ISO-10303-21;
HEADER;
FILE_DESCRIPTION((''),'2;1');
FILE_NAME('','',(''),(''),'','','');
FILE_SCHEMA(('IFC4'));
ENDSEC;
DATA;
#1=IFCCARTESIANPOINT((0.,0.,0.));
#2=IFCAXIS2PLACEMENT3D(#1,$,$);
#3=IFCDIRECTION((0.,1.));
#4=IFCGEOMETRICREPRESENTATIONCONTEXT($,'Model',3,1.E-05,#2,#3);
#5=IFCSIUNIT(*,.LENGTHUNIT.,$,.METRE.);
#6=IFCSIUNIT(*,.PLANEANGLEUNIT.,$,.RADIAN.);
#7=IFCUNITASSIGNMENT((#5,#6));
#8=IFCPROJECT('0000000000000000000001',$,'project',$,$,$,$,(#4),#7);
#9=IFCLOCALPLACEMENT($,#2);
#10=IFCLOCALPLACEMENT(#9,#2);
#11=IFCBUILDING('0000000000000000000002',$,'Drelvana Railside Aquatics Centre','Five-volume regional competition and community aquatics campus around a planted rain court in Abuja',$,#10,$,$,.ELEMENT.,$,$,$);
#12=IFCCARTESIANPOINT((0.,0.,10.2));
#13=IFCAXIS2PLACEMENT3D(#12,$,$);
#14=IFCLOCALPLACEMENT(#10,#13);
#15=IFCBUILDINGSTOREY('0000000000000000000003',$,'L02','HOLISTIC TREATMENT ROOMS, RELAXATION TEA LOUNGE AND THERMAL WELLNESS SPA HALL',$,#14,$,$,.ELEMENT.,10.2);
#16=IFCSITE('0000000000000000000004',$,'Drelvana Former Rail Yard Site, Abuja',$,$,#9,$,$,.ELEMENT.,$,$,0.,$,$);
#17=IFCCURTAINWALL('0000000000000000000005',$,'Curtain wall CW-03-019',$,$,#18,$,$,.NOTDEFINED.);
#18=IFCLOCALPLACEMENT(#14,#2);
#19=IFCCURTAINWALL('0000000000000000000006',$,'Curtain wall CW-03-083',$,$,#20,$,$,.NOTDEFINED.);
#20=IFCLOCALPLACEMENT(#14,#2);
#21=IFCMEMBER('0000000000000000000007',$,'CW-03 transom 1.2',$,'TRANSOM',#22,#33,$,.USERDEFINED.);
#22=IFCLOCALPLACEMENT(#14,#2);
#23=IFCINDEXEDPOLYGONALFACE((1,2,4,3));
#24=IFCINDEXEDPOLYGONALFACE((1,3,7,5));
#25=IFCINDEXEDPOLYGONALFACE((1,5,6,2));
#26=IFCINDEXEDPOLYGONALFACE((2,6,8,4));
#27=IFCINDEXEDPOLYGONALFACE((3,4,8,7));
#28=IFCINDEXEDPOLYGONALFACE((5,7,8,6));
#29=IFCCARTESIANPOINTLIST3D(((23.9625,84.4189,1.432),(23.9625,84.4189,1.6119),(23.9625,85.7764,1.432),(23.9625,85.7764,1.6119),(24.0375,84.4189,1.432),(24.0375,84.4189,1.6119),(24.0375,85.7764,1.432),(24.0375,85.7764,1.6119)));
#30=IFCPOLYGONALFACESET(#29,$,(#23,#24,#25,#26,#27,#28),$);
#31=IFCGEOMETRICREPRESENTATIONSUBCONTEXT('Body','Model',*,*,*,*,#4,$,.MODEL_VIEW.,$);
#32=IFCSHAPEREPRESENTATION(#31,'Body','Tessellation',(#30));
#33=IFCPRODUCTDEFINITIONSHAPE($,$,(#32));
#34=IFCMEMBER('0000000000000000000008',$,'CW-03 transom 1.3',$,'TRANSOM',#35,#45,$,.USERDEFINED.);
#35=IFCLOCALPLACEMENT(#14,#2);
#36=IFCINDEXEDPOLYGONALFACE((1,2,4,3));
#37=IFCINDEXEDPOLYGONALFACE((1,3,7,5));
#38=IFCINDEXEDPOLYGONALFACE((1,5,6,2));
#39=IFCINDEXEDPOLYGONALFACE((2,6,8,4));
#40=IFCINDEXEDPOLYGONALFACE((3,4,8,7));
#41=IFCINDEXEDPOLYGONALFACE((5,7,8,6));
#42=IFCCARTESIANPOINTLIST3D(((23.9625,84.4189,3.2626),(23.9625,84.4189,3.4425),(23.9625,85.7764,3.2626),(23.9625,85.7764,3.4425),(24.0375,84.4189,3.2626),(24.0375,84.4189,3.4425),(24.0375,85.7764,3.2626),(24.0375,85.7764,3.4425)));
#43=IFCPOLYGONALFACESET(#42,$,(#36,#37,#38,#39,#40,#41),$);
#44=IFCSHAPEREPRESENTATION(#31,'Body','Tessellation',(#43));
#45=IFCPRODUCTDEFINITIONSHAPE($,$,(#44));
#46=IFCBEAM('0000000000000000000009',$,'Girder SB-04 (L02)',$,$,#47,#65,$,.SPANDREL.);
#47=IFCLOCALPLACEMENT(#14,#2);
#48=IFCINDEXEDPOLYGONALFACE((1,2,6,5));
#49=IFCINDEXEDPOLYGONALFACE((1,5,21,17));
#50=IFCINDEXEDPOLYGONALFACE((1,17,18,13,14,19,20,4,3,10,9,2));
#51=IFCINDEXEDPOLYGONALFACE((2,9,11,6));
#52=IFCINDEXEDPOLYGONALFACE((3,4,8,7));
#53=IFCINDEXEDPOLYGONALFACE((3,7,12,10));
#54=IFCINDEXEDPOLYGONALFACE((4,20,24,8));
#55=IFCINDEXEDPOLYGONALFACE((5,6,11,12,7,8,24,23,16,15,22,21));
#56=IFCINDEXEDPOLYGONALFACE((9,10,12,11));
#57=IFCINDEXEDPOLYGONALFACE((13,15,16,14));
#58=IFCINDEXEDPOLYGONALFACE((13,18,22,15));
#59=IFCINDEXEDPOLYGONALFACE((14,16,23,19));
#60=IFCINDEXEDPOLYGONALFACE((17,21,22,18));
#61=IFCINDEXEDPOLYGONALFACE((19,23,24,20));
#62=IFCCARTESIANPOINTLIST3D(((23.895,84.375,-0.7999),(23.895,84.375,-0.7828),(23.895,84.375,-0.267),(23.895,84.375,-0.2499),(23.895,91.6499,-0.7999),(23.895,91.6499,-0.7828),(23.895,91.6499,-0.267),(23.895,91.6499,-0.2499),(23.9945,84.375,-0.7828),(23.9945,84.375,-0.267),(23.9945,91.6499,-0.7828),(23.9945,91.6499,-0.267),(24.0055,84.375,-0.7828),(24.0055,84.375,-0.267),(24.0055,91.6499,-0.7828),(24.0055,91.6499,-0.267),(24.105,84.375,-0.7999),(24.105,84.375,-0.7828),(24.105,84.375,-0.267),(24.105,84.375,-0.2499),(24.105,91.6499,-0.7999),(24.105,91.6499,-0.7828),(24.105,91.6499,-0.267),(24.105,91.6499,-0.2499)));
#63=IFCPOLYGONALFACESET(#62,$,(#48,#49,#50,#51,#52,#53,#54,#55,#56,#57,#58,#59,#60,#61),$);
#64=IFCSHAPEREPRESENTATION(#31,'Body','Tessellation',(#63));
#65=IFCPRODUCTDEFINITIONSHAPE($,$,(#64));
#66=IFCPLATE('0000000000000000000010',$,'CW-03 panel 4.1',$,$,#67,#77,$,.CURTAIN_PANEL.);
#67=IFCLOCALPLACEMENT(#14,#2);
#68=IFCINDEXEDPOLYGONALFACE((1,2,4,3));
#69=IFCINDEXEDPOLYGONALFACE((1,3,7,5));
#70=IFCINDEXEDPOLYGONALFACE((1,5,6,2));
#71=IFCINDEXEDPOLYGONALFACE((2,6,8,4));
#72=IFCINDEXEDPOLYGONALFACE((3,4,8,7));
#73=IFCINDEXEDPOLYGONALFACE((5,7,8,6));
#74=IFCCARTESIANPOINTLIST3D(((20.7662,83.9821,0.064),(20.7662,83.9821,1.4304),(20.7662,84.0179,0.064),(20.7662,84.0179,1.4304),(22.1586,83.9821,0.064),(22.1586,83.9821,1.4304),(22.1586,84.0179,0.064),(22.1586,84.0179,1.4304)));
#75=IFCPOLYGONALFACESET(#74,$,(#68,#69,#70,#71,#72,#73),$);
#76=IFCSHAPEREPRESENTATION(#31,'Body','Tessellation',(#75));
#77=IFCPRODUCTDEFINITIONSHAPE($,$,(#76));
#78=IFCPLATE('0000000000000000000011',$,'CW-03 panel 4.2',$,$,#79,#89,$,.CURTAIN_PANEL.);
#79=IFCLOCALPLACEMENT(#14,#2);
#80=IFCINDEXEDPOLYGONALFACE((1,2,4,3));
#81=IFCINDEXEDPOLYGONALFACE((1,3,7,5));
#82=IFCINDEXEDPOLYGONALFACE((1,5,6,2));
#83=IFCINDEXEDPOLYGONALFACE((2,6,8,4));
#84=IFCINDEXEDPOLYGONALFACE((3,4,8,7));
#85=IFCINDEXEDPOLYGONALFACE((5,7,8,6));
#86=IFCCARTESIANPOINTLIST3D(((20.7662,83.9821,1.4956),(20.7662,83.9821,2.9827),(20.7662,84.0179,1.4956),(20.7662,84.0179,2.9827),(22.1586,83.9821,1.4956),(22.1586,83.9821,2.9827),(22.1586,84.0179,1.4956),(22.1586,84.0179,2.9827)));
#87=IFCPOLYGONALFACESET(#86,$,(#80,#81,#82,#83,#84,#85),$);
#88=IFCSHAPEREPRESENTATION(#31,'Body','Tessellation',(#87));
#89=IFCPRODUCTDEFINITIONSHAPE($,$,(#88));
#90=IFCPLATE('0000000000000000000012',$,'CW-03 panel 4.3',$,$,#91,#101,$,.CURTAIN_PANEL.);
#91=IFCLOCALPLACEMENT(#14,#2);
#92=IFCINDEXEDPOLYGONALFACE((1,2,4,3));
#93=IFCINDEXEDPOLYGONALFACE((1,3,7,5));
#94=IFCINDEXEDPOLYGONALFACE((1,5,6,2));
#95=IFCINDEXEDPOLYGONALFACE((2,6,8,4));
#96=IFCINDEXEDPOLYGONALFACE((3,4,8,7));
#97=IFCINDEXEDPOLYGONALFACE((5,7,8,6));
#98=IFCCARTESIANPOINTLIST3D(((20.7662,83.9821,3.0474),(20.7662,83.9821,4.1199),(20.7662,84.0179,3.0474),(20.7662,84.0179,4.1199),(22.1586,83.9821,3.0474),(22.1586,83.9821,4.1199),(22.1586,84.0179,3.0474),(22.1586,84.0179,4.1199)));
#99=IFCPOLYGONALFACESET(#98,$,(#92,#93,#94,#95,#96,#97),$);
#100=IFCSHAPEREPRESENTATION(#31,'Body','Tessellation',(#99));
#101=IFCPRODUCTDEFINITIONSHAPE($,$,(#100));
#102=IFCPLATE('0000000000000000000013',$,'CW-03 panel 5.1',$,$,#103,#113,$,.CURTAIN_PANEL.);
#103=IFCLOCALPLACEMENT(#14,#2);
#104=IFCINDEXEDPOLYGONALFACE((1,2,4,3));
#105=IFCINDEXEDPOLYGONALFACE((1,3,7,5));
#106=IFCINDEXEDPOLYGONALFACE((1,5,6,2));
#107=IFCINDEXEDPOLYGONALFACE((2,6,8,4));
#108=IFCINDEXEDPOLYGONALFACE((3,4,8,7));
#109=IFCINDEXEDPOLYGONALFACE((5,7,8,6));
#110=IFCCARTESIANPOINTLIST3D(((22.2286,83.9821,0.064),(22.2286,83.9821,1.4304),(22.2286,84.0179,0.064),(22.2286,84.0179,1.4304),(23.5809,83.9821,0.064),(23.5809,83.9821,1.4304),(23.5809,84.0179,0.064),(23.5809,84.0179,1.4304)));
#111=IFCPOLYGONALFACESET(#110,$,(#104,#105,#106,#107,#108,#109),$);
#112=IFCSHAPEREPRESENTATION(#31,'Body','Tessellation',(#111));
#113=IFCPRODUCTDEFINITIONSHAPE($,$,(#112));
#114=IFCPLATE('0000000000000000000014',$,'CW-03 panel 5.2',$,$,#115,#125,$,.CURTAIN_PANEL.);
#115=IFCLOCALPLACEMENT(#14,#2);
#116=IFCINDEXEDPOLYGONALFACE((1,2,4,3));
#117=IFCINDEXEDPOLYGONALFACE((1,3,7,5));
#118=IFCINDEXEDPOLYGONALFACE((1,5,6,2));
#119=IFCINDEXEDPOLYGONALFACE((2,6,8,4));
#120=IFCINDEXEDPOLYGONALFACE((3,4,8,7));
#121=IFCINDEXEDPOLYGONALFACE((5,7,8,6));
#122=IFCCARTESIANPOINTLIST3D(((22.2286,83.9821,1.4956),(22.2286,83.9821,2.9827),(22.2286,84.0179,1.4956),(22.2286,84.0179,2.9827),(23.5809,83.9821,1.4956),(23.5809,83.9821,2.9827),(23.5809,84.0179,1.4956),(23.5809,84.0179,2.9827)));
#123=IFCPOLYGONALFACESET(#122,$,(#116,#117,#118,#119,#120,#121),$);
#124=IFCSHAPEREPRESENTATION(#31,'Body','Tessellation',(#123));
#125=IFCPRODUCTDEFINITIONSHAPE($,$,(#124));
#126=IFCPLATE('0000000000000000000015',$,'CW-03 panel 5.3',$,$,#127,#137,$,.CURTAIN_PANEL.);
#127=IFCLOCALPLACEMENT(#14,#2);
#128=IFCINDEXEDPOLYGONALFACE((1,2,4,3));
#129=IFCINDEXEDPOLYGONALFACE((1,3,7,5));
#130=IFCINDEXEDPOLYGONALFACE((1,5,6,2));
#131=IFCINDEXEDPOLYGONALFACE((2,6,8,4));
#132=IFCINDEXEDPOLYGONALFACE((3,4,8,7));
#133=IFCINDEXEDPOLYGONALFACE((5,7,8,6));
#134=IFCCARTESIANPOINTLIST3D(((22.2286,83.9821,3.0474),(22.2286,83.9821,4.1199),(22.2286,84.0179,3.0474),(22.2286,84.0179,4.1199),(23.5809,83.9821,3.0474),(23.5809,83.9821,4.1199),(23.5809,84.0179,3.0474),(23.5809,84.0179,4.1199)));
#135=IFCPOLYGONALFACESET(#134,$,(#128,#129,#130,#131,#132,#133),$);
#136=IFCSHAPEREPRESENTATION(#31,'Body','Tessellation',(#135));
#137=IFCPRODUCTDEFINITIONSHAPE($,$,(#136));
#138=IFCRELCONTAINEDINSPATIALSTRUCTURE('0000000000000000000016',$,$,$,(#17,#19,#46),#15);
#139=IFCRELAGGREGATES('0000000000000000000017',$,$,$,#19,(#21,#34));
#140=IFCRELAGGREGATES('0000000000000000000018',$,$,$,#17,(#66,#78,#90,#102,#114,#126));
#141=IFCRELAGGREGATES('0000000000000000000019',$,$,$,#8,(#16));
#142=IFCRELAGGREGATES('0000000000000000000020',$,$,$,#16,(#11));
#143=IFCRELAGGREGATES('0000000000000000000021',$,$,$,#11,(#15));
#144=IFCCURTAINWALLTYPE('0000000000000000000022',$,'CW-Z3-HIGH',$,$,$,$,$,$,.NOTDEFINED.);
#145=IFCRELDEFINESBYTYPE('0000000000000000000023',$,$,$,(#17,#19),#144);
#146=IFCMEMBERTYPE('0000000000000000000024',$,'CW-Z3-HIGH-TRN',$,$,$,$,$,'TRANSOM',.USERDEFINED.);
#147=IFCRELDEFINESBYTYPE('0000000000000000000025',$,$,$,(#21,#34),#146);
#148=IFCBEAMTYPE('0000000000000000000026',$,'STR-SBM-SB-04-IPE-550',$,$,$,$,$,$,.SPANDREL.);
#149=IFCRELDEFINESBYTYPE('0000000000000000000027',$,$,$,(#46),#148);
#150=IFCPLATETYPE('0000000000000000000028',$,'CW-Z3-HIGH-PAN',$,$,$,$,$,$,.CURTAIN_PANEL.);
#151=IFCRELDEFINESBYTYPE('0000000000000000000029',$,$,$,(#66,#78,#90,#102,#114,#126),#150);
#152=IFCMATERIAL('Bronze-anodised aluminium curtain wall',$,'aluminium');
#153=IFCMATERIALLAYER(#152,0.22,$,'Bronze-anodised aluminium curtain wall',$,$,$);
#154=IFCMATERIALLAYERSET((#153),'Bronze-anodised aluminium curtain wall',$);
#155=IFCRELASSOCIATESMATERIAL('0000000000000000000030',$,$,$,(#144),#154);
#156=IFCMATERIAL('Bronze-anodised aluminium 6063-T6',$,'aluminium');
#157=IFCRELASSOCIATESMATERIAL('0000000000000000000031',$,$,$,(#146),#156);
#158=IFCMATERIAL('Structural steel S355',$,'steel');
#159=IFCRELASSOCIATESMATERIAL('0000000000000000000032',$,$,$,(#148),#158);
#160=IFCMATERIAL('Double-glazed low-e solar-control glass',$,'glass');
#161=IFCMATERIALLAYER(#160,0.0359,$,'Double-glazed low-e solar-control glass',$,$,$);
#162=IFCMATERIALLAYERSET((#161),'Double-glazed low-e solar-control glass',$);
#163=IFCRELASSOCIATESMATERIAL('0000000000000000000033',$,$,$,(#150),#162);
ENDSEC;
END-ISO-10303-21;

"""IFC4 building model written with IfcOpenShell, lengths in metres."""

from ifc_helpers import new_model, si_unit, direction, frame, origin, origin_2d, place, context, subcontext, project, spatial, rectangle, i_section, extrude, material, layer, layer_set, material_profile, profile_set, type_object, element, aggregate, save


model = new_model("IFC4")

# Units and contexts
model_context = context("Model", 3, precision=1e-05, world=origin(), true_north=direction((0.0, 1.0)))
body_context = subcontext(model_context, "Body", "Model", "MODEL_VIEW")
ifc_project = project(units=[si_unit("LENGTHUNIT", "METRE"), si_unit("PLANEANGLEUNIT", "RADIAN")], contexts=[model_context])

# Site, building, storey
site_placement = place(None, origin())
site = spatial("IfcSite", under=ifc_project, at=site_placement, Name="Drelvana Former Rail Yard Site, Abuja", CompositionType="ELEMENT", RefElevation=0.0)
building_placement = place(site_placement, origin())
building = spatial("IfcBuilding", under=site, at=building_placement, Name="Drelvana Railside Aquatics Centre", Description="Five-volume regional competition and community aquatics campus around a planted rain court in Abuja", CompositionType="ELEMENT")
storey_placement = place(building_placement, frame((0.0, 0.0, 10.2)))
storey = spatial("IfcBuildingStorey", under=building, at=storey_placement, Name="L02", Description="HOLISTIC TREATMENT ROOMS, RELAXATION TEA LOUNGE AND THERMAL WELLNESS SPA HALL", CompositionType="ELEMENT", Elevation=10.2)

# Curtain wall
ifc_material_1 = material(Name="Bronze-anodised aluminium curtain wall", Category="aluminium")
ifc_layer_1 = layer(ifc_material_1, 0.22, Name="Bronze-anodised aluminium curtain wall")
ifc_layer_set_1 = layer_set([ifc_layer_1], Name="Bronze-anodised aluminium curtain wall")
curtain_wall_type = type_object("IfcCurtainWallType", Name="CW-Z3-HIGH", PredefinedType="NOTDEFINED", material=ifc_layer_set_1)
curtain_wall_1_placement = place(storey_placement, origin())
curtain_wall_1 = element("IfcCurtainWall", 1, at=curtain_wall_1_placement, inside=storey, type_object=curtain_wall_type, Name="Curtain wall CW-03-019", PredefinedType="NOTDEFINED")
ifc_material_2 = material(Name="Bronze-anodised aluminium 6063-T6", Category="aluminium")

# Curtain wall
curtain_wall_2_placement = place(storey_placement, origin())
curtain_wall_2 = element("IfcCurtainWall", 2, at=curtain_wall_2_placement, inside=storey, type_object=curtain_wall_type, Name="Curtain wall CW-03-083", PredefinedType="NOTDEFINED")

# Members
ifc_material_profile_1 = material_profile(ifc_material_2, rectangle(XDim=0.1799, YDim=0.075, at=origin_2d()), Name="ALU-T 75x180")
ifc_profile_set_1 = profile_set([ifc_material_profile_1], Name="Bronze-anodised aluminium 6063-T6")
member_type_1 = type_object("IfcMemberType", Name="CW-Z3-HIGH-TRN", ElementType="TRANSOM", PredefinedType="USERDEFINED", material=ifc_profile_set_1)
member_1_placement = place(storey_placement, frame((24.0, 84.4189, 1.522), z_axis=(0.0, 1.0, 0.0), x_axis=(0.0, 0.0, 1.0)))
member_1 = element("IfcMember", 3, at=member_1_placement, type_object=member_type_1, Name="CW-03 transom 1.2", ObjectType="TRANSOM", PredefinedType="USERDEFINED", context=body_context, shape_type="SweptSolid", body=[
    extrude(rectangle(XDim=0.1799, YDim=0.075, at=origin_2d()), origin(), (0.0, 0.0, 1.0), 1.3574),
])
member_2_placement = place(storey_placement, frame((24.0, 84.4189, 3.3525), z_axis=(0.0, 1.0, 0.0), x_axis=(0.0, 0.0, 1.0)))
member_2 = element("IfcMember", 4, at=member_2_placement, type_object=member_type_1, Name="CW-03 transom 1.3", ObjectType="TRANSOM", PredefinedType="USERDEFINED", context=body_context, shape_type="SweptSolid", body=[
    extrude(rectangle(XDim=0.1799, YDim=0.075, at=origin_2d()), origin(), (0.0, 0.0, 1.0), 1.3574),
])
aggregate(curtain_wall_2, [member_1, member_2])

# Beam
ifc_material_3 = material(Name="Structural steel S355", Category="steel")
ifc_material_profile_2 = material_profile(ifc_material_3, i_section(OverallWidth=0.21, OverallDepth=0.55, WebThickness=0.011, FlangeThickness=0.0171, at=origin_2d()), Name="IPE 550")
ifc_profile_set_2 = profile_set([ifc_material_profile_2], Name="Structural steel S355")
beam_type = type_object("IfcBeamType", Name="STR-SBM-SB-04-IPE-550", PredefinedType="SPANDREL", material=ifc_profile_set_2)
beam_placement = place(storey_placement, frame((24.0, 84.375, -0.5249), z_axis=(0.0, 1.0, 0.0), x_axis=(-1.0, 0.0, 0.0)))
element("IfcBeam", 5, at=beam_placement, inside=storey, type_object=beam_type, Name="Girder SB-04 (L02)", PredefinedType="SPANDREL", context=body_context, shape_type="SweptSolid", body=[
    extrude(i_section(OverallWidth=0.21, OverallDepth=0.55, WebThickness=0.011, FlangeThickness=0.0171, at=origin_2d()), origin(), (0.0, 0.0, 1.0), 7.2749),
])

# Plates
ifc_material_4 = material(Name="Double-glazed low-e solar-control glass", Category="glass")
ifc_layer_2 = layer(ifc_material_4, 0.0359, Name="Double-glazed low-e solar-control glass")
ifc_layer_set_2 = layer_set([ifc_layer_2], Name="Double-glazed low-e solar-control glass")
plate_type = type_object("IfcPlateType", Name="CW-Z3-HIGH-PAN", PredefinedType="CURTAIN_PANEL", material=ifc_layer_set_2)
plate_1_placement = place(storey_placement, frame((21.4624, 84.0, 0.064), z_axis=(0.0, 0.0, 1.0), x_axis=(1.0, 0.0, 0.0)))
plate_1 = element("IfcPlate", 6, at=plate_1_placement, type_object=plate_type, Name="CW-03 panel 4.1", PredefinedType="CURTAIN_PANEL", context=body_context, shape_type="SweptSolid", body=[
    extrude(rectangle(XDim=1.3923, YDim=0.0359, at=origin_2d()), origin(), (0.0, 0.0, 1.0), 1.3665),
])
plate_2_placement = place(storey_placement, frame((21.4624, 84.0, 1.4956), z_axis=(0.0, 0.0, 1.0), x_axis=(1.0, 0.0, 0.0)))
plate_2 = element("IfcPlate", 7, at=plate_2_placement, type_object=plate_type, Name="CW-03 panel 4.2", PredefinedType="CURTAIN_PANEL", context=body_context, shape_type="SweptSolid", body=[
    extrude(rectangle(XDim=1.3923, YDim=0.0359, at=origin_2d()), origin(), (0.0, 0.0, 1.0), 1.4871),
])
plate_3_placement = place(storey_placement, frame((21.4624, 84.0, 3.0474), z_axis=(0.0, 0.0, 1.0), x_axis=(1.0, 0.0, 0.0)))
plate_3 = element("IfcPlate", 8, at=plate_3_placement, type_object=plate_type, Name="CW-03 panel 4.3", PredefinedType="CURTAIN_PANEL", context=body_context, shape_type="SweptSolid", body=[
    extrude(rectangle(XDim=1.3923, YDim=0.0359, at=origin_2d()), origin(), (0.0, 0.0, 1.0), 1.0725),
])
plate_4_placement = place(storey_placement, frame((22.9048, 84.0, 0.064), z_axis=(0.0, 0.0, 1.0), x_axis=(1.0, 0.0, 0.0)))
plate_4 = element("IfcPlate", 9, at=plate_4_placement, type_object=plate_type, Name="CW-03 panel 5.1", PredefinedType="CURTAIN_PANEL", context=body_context, shape_type="SweptSolid", body=[
    extrude(rectangle(XDim=1.3523, YDim=0.0359, at=origin_2d()), origin(), (0.0, 0.0, 1.0), 1.3665),
])
plate_5_placement = place(storey_placement, frame((22.9048, 84.0, 1.4956), z_axis=(0.0, 0.0, 1.0), x_axis=(1.0, 0.0, 0.0)))
plate_5 = element("IfcPlate", 10, at=plate_5_placement, type_object=plate_type, Name="CW-03 panel 5.2", PredefinedType="CURTAIN_PANEL", context=body_context, shape_type="SweptSolid", body=[
    extrude(rectangle(XDim=1.3523, YDim=0.0359, at=origin_2d()), origin(), (0.0, 0.0, 1.0), 1.4871),
])
plate_6_placement = place(storey_placement, frame((22.9048, 84.0, 3.0474), z_axis=(0.0, 0.0, 1.0), x_axis=(1.0, 0.0, 0.0)))
plate_6 = element("IfcPlate", 11, at=plate_6_placement, type_object=plate_type, Name="CW-03 panel 5.3", PredefinedType="CURTAIN_PANEL", context=body_context, shape_type="SweptSolid", body=[
    extrude(rectangle(XDim=1.3523, YDim=0.0359, at=origin_2d()), origin(), (0.0, 0.0, 1.0), 1.0725),
])
aggregate(curtain_wall_1, [plate_1, plate_2, plate_3, plate_4, plate_5, plate_6])

save(model, "model.ifc")
